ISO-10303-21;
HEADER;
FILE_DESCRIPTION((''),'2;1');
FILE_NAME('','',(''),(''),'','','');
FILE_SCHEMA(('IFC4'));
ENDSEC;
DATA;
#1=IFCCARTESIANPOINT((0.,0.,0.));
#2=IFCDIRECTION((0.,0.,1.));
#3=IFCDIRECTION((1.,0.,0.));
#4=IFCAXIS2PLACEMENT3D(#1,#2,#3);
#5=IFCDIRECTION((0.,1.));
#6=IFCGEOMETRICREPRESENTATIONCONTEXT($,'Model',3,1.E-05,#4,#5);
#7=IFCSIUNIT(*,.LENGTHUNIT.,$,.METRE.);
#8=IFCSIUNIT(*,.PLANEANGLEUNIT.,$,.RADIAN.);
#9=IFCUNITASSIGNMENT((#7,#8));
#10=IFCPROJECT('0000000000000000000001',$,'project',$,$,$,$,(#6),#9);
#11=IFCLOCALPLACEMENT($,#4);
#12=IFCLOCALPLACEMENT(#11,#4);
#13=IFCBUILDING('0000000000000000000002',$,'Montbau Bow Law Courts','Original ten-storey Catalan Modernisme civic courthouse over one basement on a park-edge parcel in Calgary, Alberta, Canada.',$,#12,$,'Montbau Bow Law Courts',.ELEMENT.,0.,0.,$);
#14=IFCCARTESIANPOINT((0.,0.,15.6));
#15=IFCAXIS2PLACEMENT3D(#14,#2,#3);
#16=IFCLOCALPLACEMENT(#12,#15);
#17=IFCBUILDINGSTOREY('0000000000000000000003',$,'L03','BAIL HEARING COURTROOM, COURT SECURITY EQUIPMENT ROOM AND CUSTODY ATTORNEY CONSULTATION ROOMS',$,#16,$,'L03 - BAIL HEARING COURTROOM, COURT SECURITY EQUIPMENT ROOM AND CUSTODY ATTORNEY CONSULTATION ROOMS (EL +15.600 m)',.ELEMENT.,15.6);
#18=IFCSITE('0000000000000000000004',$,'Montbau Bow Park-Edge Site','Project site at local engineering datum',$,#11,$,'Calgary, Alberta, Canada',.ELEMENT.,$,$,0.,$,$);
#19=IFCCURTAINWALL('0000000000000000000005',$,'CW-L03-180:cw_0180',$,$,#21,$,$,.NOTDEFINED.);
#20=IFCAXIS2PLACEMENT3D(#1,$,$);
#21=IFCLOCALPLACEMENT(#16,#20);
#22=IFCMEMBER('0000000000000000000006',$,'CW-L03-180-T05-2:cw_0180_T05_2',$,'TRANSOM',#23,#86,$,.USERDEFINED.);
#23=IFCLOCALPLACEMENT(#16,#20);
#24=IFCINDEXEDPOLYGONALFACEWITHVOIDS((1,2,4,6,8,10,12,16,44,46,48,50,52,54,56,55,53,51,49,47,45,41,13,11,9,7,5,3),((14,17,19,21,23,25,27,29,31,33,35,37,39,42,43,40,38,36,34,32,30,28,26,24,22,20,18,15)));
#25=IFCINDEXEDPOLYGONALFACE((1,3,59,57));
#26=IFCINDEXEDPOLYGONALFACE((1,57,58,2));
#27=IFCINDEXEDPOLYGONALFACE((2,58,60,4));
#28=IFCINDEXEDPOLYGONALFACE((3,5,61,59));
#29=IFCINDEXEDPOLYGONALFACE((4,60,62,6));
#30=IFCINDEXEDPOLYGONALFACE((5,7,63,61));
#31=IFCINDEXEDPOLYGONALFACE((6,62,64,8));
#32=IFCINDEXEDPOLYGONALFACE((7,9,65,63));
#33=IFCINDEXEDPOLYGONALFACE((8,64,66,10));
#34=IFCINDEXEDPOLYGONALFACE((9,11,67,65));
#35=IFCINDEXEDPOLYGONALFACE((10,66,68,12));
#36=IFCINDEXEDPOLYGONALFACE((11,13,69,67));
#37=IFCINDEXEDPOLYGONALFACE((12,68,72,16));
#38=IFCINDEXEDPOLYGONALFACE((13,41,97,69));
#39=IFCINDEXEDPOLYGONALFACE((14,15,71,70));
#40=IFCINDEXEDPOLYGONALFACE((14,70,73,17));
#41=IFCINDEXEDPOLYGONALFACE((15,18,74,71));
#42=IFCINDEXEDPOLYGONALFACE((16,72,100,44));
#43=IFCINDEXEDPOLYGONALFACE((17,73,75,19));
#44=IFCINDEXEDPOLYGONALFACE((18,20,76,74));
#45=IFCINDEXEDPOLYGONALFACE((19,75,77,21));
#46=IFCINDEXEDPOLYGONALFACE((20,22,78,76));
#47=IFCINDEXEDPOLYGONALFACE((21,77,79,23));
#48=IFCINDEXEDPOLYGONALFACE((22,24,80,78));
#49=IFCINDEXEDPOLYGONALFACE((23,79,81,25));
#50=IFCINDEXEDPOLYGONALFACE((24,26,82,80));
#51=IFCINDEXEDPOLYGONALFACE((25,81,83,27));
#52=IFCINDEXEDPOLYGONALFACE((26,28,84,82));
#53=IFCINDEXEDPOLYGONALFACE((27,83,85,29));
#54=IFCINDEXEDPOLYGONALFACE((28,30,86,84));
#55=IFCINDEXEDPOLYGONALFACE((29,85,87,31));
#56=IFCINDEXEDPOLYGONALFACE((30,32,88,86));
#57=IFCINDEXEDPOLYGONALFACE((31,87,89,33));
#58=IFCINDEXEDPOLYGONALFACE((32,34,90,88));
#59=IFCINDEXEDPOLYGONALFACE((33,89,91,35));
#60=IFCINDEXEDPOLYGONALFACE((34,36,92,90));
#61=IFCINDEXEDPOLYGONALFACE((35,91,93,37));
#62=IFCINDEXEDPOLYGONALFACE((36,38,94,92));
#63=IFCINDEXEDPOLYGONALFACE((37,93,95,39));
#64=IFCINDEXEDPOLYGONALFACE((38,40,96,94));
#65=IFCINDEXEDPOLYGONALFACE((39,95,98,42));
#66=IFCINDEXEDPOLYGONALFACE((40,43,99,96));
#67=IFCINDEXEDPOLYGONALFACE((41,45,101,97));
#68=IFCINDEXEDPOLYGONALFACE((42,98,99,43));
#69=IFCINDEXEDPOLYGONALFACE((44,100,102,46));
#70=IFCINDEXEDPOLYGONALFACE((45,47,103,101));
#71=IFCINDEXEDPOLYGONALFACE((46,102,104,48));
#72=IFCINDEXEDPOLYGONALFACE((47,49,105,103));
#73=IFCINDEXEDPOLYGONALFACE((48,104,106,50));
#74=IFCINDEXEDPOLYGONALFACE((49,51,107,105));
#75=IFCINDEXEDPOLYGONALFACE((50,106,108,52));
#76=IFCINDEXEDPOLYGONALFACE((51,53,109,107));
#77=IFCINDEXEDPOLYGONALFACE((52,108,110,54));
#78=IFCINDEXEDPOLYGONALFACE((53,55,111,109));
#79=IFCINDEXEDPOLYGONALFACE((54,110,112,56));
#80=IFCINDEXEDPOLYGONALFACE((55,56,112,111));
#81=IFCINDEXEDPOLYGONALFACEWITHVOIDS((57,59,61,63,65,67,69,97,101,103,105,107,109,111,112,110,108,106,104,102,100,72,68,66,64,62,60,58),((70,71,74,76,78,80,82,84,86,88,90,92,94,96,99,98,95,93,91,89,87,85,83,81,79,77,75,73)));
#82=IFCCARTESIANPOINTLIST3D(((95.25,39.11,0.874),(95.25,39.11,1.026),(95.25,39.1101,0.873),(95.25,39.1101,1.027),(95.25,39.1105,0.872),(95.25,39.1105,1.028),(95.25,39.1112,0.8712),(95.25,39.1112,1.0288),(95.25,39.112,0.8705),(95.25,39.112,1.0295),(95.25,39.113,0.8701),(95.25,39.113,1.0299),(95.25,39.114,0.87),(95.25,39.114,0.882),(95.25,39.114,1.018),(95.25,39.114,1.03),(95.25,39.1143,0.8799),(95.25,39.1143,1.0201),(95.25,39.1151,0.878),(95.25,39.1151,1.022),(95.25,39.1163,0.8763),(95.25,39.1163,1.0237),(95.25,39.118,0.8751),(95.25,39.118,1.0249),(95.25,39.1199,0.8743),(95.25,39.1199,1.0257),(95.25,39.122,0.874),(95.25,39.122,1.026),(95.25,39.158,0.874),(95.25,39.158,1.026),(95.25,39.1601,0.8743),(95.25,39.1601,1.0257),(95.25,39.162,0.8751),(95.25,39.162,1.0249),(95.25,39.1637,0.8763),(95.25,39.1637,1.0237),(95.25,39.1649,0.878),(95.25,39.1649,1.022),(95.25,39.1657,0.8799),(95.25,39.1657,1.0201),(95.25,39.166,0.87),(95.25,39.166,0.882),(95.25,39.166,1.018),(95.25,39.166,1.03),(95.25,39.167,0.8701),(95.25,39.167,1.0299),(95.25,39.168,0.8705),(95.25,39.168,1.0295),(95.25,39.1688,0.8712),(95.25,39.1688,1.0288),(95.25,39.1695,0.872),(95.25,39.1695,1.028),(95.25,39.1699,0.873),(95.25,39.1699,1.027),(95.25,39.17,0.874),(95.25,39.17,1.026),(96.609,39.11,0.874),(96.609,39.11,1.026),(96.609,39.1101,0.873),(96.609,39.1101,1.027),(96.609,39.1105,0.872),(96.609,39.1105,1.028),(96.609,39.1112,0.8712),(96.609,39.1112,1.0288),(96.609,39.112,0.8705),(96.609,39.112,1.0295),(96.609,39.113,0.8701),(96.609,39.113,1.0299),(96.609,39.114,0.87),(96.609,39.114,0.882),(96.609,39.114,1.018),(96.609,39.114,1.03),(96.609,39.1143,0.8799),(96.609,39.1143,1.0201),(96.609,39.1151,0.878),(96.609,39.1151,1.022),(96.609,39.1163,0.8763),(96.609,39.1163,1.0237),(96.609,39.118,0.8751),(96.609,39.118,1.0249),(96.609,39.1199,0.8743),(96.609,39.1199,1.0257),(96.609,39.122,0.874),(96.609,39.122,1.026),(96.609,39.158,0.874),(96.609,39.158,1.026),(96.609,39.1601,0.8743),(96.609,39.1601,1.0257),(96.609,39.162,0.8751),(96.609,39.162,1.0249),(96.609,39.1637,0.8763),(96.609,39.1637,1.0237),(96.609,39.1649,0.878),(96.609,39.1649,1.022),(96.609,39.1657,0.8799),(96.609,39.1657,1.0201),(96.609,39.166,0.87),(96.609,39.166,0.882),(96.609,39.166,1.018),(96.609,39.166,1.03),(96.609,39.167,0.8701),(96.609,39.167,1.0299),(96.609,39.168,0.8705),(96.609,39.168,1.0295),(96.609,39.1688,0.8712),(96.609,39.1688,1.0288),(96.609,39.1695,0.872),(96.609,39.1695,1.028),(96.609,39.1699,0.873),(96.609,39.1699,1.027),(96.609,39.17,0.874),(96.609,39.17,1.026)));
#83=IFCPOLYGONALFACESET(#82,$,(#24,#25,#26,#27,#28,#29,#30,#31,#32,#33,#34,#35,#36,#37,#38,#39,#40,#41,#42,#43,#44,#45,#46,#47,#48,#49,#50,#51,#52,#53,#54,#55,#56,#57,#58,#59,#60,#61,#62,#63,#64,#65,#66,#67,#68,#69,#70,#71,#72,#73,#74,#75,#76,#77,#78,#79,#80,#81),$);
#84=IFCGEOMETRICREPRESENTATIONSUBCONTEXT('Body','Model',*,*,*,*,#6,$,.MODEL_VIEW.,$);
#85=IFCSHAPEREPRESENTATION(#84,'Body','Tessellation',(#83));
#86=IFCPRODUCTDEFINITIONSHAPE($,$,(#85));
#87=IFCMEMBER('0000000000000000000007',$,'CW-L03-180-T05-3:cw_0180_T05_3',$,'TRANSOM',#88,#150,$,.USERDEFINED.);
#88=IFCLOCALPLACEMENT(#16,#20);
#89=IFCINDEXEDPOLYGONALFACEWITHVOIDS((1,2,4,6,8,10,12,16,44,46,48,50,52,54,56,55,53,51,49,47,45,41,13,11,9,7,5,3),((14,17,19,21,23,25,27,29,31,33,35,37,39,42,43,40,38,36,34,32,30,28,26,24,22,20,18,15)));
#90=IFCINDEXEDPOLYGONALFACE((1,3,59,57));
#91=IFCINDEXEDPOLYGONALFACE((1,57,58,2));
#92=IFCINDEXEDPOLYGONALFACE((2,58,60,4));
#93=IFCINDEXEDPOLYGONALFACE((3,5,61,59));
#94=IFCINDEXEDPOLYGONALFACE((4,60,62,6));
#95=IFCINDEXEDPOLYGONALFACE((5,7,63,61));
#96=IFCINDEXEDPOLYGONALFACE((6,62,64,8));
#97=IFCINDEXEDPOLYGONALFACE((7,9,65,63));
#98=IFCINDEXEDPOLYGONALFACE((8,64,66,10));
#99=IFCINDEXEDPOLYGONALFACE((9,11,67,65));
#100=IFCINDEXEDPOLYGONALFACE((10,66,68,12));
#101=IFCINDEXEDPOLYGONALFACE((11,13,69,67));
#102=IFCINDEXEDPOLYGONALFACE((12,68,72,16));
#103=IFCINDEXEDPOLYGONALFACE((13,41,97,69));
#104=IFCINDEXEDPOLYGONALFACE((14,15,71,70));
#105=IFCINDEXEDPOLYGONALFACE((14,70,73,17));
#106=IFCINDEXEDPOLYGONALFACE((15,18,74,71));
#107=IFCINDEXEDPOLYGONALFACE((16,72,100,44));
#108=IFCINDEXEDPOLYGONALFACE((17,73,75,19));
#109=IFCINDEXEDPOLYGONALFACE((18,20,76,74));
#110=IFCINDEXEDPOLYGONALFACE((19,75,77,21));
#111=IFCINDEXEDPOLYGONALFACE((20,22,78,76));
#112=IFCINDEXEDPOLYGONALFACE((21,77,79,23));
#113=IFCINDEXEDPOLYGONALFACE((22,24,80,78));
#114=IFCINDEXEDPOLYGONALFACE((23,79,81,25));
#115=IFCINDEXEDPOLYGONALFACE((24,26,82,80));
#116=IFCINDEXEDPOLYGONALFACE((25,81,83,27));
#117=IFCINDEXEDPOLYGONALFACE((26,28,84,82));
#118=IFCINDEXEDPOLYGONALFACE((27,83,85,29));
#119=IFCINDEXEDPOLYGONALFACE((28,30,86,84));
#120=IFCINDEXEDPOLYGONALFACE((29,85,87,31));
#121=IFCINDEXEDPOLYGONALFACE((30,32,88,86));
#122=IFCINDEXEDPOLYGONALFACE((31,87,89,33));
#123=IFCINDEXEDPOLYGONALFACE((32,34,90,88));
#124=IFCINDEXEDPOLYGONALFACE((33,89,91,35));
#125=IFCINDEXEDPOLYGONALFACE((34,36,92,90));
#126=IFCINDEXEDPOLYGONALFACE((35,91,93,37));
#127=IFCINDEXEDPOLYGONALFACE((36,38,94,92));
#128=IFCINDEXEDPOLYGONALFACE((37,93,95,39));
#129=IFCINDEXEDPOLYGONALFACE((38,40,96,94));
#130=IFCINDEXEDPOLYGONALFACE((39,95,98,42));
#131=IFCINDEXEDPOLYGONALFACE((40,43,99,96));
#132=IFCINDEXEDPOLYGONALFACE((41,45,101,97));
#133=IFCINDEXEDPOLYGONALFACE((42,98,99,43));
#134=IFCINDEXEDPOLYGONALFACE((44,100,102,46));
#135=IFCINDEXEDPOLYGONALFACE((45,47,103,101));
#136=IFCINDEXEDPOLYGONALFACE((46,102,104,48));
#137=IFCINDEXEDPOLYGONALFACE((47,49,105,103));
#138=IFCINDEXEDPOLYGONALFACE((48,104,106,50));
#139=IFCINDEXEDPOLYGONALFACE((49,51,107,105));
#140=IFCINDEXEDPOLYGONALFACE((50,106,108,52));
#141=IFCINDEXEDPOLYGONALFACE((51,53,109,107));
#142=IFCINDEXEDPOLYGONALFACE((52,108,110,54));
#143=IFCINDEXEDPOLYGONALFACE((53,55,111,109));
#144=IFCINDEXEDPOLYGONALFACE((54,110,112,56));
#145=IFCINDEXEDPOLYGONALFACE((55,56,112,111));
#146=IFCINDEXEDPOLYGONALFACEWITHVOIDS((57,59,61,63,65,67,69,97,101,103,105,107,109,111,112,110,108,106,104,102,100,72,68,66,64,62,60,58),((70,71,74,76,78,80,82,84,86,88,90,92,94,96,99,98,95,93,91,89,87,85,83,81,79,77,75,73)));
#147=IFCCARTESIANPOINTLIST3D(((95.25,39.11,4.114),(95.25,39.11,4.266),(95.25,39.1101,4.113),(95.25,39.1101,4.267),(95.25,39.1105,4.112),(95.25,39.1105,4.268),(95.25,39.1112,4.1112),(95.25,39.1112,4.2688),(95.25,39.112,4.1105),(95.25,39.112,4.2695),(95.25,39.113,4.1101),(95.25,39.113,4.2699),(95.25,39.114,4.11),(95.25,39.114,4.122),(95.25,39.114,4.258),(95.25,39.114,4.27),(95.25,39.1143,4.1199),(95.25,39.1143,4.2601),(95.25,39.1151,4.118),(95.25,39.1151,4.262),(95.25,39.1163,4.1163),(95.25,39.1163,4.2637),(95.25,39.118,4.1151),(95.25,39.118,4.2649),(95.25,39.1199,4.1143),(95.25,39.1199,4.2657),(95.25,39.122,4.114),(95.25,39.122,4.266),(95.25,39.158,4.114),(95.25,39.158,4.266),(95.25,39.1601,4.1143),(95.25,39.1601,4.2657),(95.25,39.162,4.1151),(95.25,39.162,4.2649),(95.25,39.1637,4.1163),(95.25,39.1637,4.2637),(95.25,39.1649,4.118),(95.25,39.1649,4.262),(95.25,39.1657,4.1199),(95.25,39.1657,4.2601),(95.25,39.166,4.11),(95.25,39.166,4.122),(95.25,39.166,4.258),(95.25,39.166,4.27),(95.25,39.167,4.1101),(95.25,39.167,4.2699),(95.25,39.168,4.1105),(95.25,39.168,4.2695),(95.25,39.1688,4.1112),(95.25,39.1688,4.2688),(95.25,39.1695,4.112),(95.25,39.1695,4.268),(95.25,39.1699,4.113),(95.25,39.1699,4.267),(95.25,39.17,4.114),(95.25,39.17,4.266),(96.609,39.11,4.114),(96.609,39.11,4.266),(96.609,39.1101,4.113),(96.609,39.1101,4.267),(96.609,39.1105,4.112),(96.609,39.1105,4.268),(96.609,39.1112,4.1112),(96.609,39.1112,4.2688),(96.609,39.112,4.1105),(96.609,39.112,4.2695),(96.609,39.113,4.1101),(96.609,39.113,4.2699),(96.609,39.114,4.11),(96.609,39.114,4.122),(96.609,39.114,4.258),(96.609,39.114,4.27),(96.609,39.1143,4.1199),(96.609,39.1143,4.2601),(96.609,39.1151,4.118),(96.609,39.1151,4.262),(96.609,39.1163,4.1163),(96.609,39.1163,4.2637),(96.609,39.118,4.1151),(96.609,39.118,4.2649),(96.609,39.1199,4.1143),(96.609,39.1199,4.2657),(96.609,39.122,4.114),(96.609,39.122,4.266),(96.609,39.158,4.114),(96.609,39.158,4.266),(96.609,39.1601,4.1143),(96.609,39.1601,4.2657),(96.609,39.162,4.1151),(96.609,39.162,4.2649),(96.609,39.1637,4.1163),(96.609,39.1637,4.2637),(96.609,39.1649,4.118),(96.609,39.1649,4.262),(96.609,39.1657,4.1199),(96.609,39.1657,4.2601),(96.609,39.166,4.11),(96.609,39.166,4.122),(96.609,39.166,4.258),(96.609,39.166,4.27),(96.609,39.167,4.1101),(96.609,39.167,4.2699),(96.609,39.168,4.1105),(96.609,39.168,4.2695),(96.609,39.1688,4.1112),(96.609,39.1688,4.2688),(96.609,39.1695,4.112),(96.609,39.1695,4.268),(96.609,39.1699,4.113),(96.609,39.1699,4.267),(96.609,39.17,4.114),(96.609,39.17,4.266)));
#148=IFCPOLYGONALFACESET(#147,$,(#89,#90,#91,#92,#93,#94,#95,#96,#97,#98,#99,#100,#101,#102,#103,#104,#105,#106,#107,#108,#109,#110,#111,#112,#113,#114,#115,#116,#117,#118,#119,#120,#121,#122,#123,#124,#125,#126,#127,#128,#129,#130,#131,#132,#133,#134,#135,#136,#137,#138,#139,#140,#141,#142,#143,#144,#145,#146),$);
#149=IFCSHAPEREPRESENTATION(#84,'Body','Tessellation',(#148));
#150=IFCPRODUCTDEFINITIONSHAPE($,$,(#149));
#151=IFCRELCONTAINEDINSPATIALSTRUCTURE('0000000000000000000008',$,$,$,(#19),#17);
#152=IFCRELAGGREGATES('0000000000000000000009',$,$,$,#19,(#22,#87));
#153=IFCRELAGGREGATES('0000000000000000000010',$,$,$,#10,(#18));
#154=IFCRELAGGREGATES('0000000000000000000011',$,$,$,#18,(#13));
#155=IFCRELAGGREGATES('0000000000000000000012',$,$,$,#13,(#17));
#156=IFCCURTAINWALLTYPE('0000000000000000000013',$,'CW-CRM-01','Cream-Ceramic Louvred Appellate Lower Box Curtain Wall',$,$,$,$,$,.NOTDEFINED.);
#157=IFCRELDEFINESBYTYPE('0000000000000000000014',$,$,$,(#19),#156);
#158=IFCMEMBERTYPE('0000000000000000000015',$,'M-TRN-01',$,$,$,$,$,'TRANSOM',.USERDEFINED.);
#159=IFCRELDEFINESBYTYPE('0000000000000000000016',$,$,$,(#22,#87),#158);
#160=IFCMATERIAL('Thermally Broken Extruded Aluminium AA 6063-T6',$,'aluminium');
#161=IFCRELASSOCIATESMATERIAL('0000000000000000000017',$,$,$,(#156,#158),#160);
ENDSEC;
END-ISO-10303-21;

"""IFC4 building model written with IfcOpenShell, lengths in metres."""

from ifc_helpers import new_model, si_unit, direction, frame, origin_with_axes, origin_2d_with_axis, place, context, subcontext, project, spatial, hollow_rectangle, extrude, material, material_profile, profile_set, type_object, element, aggregate, save


model = new_model("IFC4")

# Units and contexts
model_context = context("Model", 3, precision=1e-05, world=origin_with_axes(), true_north=direction((0.0, 1.0)))
body_context = subcontext(model_context, "Body", "Model", "MODEL_VIEW")
ifc_project = project(units=[si_unit("LENGTHUNIT", "METRE"), si_unit("PLANEANGLEUNIT", "RADIAN")], contexts=[model_context])

# Site, building, storey
site_placement = place(None, origin_with_axes())
site = spatial("IfcSite", under=ifc_project, at=site_placement, Name="Montbau Bow Park-Edge Site", Description="Project site at local engineering datum", LongName="Calgary, Alberta, Canada", CompositionType="ELEMENT", RefElevation=0.0)
building_placement = place(site_placement, origin_with_axes())
building = spatial("IfcBuilding", under=site, at=building_placement, Name="Montbau Bow Law Courts", Description="Original ten-storey Catalan Modernisme civic courthouse over one basement on a park-edge parcel in Calgary, Alberta, Canada.", LongName="Montbau Bow Law Courts", CompositionType="ELEMENT", ElevationOfRefHeight=0.0, ElevationOfTerrain=0.0)
storey_placement = place(building_placement, frame((0.0, 0.0, 15.6), z_axis=(0.0, 0.0, 1.0), x_axis=(1.0, 0.0, 0.0)))
storey = spatial("IfcBuildingStorey", under=building, at=storey_placement, Name="L03", Description="BAIL HEARING COURTROOM, COURT SECURITY EQUIPMENT ROOM AND CUSTODY ATTORNEY CONSULTATION ROOMS", LongName="L03 - BAIL HEARING COURTROOM, COURT SECURITY EQUIPMENT ROOM AND CUSTODY ATTORNEY CONSULTATION ROOMS (EL +15.600 m)", CompositionType="ELEMENT", Elevation=15.6)

# Curtain wall
ifc_material_1 = material(Name="Thermally Broken Extruded Aluminium AA 6063-T6", Category="aluminium")
curtain_wall_type = type_object("IfcCurtainWallType", Name="CW-CRM-01", Description="Cream-Ceramic Louvred Appellate Lower Box Curtain Wall", PredefinedType="NOTDEFINED", material=ifc_material_1)
curtain_wall_1_placement = place(None, frame((89.315, 39.14, 15.6), z_axis=(0.0, 0.0, 1.0), x_axis=(1.0, 0.0, 0.0)))
curtain_wall_1 = element("IfcCurtainWall", 1, at=curtain_wall_1_placement, inside=storey, type_object=curtain_wall_type, Name="CW-L03-180:cw_0180", PredefinedType="NOTDEFINED")

# Members
ifc_material_profile_1 = material_profile(ifc_material_1, hollow_rectangle(XDim=0.06, YDim=0.16, WallThickness=0.004, InnerFilletRadius=0.008, OuterFilletRadius=0.004, at=origin_2d_with_axis()), Name="CWT-160X60", Category="Main", Priority=0)
ifc_profile_set_1 = profile_set([ifc_material_profile_1], Name="Thermally Broken Extruded Aluminium AA 6063-T6")
member_type_1 = type_object("IfcMemberType", Name="M-TRN-01", ElementType="TRANSOM", PredefinedType="USERDEFINED", material=ifc_profile_set_1)
member_1_placement = place(None, frame((95.25, 39.14, 16.55), z_axis=(1.0, 0.0, 0.0), x_axis=(0.0, 1.0, 0.0)))
member_1 = element("IfcMember", 2, at=member_1_placement, type_object=member_type_1, Name="CW-L03-180-T05-2:cw_0180_T05_2", ObjectType="TRANSOM", PredefinedType="USERDEFINED", context=body_context, shape_type="SweptSolid", body=[
    extrude(hollow_rectangle(XDim=0.06, YDim=0.16, WallThickness=0.004, InnerFilletRadius=0.008, OuterFilletRadius=0.004, at=origin_2d_with_axis()), origin_with_axes(), (0.0, 0.0, 1.0), 1.359),
])
member_2_placement = place(None, frame((95.25, 39.14, 19.79), z_axis=(1.0, 0.0, 0.0), x_axis=(0.0, 1.0, 0.0)))
member_2 = element("IfcMember", 3, at=member_2_placement, type_object=member_type_1, Name="CW-L03-180-T05-3:cw_0180_T05_3", ObjectType="TRANSOM", PredefinedType="USERDEFINED", context=body_context, shape_type="SweptSolid", body=[
    extrude(hollow_rectangle(XDim=0.06, YDim=0.16, WallThickness=0.004, InnerFilletRadius=0.008, OuterFilletRadius=0.004, at=origin_2d_with_axis()), origin_with_axes(), (0.0, 0.0, 1.0), 1.359),
])
aggregate(curtain_wall_1, [member_1, member_2])

save(model, "model.ifc")
